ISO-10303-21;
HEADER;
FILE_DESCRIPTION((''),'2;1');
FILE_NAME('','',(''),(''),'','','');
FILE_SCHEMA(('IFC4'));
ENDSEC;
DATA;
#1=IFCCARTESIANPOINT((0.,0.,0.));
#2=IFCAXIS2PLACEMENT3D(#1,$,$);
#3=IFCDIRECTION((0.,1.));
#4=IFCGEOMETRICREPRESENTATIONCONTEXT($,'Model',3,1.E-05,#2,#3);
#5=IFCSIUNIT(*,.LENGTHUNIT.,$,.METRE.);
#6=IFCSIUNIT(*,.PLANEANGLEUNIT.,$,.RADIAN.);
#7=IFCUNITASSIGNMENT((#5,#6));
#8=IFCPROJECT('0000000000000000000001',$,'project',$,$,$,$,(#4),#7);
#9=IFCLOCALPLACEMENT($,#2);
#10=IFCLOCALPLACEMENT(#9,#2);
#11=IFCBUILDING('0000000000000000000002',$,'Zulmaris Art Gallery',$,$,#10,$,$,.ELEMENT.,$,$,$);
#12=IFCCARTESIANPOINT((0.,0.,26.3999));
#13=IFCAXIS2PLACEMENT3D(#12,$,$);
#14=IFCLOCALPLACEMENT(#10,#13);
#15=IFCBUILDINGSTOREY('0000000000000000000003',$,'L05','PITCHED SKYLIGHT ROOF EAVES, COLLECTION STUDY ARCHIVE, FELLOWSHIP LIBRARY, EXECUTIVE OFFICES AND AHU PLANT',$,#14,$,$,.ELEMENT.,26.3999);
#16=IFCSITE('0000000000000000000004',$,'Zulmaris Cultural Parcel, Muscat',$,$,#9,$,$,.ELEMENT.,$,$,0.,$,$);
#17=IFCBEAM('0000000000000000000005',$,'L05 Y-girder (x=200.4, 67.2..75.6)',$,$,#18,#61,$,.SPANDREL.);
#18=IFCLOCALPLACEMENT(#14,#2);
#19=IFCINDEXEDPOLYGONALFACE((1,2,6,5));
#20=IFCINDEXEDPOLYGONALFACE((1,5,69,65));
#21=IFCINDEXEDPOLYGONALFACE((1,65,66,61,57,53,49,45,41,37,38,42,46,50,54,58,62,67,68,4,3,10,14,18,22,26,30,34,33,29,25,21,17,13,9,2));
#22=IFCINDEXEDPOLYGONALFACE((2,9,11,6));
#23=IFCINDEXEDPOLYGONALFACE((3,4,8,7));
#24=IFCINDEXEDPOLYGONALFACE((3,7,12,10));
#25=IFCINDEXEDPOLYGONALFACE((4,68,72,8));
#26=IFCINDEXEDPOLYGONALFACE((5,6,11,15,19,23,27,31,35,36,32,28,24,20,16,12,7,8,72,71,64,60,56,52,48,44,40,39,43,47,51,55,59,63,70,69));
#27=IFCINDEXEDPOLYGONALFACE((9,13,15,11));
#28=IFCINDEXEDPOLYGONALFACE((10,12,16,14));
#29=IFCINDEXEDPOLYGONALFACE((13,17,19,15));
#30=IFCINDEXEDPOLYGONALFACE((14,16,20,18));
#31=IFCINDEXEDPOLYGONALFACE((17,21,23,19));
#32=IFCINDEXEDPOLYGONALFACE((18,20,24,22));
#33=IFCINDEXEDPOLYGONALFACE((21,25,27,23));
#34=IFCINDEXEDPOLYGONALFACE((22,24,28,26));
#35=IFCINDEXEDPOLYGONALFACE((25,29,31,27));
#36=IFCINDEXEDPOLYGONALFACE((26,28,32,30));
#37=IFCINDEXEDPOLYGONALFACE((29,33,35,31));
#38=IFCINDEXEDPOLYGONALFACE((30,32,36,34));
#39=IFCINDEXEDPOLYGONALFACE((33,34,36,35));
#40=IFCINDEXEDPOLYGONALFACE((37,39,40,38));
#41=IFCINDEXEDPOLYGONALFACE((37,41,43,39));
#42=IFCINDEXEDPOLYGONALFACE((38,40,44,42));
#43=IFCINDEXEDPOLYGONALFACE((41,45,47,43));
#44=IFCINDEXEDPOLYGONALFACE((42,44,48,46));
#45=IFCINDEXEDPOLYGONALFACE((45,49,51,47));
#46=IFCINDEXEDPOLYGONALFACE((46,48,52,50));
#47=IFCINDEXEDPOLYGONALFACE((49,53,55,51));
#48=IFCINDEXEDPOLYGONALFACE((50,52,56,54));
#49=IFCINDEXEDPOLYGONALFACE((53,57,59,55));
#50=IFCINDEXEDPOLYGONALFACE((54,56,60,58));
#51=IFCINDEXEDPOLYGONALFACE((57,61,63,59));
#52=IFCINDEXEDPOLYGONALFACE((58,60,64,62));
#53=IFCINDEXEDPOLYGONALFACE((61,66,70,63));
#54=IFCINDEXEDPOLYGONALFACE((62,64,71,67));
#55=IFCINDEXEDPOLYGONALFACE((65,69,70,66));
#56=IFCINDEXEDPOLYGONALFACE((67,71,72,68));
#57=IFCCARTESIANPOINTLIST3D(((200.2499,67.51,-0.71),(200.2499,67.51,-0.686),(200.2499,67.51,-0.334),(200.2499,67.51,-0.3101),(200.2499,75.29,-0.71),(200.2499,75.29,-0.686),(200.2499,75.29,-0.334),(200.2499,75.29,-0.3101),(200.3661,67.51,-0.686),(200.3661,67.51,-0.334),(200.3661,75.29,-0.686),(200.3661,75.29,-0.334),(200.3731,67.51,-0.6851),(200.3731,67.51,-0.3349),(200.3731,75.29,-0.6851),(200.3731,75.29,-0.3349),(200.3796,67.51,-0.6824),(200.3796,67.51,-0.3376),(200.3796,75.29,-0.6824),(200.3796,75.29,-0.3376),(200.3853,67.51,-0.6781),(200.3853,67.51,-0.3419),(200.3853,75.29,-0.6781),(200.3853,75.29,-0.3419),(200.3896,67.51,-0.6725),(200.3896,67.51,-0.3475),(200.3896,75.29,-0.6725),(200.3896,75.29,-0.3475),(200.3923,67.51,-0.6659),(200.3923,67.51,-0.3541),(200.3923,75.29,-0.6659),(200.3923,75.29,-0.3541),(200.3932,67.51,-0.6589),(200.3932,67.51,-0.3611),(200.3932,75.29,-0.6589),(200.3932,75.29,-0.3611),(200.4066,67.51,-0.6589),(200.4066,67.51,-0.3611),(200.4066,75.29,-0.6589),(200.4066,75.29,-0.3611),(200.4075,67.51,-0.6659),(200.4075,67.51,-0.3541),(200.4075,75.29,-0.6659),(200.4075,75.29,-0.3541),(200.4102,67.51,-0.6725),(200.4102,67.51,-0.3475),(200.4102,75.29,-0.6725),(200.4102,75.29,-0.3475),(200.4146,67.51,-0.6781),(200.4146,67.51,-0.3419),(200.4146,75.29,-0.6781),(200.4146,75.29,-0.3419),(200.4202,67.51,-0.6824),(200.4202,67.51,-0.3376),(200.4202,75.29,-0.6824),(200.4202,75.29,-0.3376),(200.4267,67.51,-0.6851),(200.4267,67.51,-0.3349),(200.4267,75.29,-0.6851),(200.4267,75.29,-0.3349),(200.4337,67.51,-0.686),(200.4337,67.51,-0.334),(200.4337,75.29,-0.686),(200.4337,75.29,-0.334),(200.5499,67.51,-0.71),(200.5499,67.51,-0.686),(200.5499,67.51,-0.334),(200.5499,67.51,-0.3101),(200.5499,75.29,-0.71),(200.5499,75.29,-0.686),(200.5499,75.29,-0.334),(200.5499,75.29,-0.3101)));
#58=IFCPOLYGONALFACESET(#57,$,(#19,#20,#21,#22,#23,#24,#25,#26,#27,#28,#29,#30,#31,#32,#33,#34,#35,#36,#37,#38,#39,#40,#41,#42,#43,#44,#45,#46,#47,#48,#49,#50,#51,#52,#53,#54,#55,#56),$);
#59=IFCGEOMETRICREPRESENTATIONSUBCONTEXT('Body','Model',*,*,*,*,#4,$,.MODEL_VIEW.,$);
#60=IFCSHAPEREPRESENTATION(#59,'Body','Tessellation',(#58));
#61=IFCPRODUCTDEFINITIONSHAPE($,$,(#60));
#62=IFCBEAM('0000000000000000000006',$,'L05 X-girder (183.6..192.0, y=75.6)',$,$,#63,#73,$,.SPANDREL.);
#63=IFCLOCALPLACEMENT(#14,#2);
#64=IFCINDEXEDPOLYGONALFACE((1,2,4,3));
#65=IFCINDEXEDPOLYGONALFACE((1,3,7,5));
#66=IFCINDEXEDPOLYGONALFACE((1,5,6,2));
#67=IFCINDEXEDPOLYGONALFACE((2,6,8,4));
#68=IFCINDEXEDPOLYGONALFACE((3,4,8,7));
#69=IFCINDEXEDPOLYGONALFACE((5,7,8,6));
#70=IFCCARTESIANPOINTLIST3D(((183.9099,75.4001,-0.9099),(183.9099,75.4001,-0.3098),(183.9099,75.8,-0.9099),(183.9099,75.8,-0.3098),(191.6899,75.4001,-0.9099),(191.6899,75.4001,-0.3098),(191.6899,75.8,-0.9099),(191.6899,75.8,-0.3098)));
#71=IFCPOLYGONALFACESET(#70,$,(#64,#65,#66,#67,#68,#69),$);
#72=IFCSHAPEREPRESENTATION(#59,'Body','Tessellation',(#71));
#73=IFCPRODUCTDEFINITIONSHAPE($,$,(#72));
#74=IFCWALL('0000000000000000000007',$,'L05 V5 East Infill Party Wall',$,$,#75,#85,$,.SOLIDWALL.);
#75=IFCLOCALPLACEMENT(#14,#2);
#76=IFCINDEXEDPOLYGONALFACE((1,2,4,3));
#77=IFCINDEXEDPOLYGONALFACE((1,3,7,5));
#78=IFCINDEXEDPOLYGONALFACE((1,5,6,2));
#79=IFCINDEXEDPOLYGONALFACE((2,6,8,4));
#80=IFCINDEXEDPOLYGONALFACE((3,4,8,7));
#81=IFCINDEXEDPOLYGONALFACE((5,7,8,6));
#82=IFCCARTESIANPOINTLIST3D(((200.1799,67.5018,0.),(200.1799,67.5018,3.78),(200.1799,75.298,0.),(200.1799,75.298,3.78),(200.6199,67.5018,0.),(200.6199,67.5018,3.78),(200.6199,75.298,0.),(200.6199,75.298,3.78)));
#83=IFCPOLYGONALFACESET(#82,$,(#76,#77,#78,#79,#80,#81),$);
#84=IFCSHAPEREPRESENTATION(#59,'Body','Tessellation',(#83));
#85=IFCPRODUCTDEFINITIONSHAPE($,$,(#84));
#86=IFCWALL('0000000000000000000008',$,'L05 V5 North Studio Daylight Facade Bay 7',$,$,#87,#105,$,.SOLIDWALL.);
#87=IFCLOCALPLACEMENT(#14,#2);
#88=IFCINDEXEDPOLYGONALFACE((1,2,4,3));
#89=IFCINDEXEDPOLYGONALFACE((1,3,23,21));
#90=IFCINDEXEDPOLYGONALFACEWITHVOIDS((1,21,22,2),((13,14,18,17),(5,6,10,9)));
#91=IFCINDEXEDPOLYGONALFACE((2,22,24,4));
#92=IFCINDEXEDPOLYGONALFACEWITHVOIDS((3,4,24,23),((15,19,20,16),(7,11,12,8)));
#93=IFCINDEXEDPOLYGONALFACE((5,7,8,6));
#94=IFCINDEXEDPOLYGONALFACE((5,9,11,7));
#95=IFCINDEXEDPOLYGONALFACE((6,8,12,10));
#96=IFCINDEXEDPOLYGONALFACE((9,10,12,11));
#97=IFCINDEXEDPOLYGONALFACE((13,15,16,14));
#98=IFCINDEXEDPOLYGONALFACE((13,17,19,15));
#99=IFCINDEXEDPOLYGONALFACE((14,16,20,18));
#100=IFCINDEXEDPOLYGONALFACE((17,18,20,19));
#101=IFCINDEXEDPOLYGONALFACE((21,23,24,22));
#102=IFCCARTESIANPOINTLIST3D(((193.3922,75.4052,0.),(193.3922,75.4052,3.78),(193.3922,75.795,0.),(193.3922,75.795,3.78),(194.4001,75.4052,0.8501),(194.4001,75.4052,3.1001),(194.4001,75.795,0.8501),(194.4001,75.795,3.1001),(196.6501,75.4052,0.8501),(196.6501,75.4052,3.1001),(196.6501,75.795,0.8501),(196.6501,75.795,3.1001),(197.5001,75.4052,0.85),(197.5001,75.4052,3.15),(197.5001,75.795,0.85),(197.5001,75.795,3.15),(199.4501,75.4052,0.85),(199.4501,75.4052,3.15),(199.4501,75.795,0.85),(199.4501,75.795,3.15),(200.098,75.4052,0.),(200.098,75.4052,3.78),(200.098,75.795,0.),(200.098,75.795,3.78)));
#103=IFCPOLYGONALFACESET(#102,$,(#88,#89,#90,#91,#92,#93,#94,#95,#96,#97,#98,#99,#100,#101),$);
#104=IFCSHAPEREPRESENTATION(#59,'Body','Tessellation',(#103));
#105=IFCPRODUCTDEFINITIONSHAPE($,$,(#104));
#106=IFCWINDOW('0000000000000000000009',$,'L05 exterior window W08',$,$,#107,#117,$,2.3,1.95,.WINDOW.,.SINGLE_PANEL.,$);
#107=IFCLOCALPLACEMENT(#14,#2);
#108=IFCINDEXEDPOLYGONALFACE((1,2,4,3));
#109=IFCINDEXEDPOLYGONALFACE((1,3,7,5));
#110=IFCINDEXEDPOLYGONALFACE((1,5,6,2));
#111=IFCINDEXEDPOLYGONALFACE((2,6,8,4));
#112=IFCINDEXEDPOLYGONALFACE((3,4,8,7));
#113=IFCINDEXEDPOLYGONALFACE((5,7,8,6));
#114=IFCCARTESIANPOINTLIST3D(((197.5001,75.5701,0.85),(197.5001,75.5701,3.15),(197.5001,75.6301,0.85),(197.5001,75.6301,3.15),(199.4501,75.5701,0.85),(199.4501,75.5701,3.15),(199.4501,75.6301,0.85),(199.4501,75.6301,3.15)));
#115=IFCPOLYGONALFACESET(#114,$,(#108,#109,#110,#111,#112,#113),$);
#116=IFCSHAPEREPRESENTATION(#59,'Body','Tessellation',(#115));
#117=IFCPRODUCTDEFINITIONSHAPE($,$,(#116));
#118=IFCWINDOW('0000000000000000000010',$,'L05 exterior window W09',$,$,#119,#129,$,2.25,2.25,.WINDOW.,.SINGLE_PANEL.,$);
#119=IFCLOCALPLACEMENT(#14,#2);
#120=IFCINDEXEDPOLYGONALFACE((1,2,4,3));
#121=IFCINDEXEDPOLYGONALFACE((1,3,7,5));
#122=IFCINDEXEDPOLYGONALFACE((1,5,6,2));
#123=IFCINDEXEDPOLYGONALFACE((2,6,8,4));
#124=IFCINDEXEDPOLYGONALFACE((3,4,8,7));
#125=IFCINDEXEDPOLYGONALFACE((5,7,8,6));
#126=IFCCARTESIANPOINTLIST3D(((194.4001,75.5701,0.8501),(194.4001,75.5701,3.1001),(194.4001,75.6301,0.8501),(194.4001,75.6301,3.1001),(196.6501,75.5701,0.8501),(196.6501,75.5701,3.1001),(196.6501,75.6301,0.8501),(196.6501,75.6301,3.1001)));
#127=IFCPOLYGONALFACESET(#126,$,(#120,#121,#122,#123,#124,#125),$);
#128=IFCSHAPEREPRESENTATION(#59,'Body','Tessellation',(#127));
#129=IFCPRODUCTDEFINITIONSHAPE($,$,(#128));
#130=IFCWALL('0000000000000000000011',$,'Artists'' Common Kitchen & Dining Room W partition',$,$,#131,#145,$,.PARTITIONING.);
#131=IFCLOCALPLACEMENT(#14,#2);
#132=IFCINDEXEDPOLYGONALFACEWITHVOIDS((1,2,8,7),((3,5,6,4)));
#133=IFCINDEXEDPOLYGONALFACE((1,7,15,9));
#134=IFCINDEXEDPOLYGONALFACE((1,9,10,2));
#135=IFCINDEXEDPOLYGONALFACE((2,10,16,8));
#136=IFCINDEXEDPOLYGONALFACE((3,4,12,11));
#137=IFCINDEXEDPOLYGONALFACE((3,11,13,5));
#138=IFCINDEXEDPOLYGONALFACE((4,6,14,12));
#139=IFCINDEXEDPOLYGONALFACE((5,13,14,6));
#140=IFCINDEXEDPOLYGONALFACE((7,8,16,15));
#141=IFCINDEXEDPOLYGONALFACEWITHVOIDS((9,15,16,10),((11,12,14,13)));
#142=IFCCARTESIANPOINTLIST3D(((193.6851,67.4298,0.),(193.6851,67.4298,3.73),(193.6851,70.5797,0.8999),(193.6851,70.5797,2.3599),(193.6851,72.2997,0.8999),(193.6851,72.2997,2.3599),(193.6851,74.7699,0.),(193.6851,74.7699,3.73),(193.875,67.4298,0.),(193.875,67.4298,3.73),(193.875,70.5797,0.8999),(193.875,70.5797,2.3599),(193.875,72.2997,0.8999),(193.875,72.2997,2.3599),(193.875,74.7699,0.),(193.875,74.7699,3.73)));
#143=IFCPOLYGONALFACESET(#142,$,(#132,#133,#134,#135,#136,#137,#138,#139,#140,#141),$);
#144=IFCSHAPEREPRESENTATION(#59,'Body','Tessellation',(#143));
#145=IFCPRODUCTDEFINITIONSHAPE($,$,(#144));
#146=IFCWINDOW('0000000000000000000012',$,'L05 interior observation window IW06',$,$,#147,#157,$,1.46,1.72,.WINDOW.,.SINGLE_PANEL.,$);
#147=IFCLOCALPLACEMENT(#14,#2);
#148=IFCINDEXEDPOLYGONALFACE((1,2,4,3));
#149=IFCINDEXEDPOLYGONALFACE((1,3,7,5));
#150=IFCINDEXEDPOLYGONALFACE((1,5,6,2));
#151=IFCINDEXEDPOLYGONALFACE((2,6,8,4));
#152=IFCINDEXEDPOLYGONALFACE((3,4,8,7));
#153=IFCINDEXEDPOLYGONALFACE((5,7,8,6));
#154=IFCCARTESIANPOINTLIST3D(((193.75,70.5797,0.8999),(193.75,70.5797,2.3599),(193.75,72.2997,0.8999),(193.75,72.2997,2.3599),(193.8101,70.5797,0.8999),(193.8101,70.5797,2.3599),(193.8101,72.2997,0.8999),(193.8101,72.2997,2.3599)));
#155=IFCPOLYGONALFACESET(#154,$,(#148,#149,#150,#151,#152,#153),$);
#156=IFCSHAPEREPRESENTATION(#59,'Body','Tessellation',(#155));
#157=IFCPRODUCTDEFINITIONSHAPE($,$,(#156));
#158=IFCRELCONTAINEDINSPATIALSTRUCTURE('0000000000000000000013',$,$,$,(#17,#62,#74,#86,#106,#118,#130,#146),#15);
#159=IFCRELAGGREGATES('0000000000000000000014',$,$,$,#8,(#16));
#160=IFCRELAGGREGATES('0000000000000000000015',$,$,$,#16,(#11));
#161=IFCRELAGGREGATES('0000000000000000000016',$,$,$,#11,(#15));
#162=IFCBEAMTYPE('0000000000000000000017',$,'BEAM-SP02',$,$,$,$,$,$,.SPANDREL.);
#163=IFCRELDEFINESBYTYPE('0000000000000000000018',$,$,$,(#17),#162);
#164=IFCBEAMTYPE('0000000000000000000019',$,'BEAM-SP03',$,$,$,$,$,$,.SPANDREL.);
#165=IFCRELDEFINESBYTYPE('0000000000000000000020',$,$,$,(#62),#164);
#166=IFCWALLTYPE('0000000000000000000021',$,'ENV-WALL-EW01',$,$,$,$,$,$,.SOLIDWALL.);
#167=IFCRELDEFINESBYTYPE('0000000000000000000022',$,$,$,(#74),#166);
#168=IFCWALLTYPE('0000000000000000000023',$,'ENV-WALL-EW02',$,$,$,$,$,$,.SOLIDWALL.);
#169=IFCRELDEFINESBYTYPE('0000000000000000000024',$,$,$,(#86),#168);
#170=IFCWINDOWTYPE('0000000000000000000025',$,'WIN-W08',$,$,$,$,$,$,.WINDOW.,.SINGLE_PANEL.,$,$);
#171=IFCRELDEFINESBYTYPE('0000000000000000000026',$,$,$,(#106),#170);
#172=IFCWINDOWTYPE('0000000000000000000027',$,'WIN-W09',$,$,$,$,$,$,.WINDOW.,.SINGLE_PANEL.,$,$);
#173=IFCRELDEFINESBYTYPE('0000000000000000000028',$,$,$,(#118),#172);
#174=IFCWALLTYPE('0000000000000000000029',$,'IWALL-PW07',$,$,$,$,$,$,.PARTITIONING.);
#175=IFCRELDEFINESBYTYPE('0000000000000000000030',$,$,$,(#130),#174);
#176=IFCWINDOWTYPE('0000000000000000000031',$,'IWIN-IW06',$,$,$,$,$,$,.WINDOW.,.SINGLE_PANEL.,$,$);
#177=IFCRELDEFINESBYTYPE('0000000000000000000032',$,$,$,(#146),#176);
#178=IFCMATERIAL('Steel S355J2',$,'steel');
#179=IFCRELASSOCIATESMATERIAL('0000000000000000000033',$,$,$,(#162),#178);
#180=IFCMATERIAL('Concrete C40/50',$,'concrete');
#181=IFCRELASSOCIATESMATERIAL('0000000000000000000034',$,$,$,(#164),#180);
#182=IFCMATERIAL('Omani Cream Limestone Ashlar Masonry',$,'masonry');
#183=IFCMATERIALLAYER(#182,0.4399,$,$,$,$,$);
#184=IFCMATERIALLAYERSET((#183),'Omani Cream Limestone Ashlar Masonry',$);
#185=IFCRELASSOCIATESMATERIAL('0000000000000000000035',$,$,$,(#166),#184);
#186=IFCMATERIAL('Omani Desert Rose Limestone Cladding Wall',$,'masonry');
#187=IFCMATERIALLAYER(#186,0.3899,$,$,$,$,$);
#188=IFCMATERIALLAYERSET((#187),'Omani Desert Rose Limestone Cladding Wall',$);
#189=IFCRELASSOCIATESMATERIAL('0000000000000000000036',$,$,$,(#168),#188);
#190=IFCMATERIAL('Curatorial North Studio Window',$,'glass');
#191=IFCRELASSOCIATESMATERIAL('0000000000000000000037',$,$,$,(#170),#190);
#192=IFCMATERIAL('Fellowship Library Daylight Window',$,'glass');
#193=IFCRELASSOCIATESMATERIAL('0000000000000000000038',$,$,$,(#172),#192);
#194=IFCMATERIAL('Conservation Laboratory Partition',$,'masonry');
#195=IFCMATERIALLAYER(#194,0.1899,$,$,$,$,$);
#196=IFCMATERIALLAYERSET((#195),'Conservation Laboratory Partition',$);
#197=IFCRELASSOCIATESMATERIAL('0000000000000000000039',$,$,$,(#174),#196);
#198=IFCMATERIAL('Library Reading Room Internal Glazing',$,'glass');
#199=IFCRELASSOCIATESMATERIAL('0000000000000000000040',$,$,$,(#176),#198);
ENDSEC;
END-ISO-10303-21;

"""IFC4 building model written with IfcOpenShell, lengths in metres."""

from ifc_helpers import new_model, si_unit, direction, frame, frame_2d, origin, origin_2d, place, context, subcontext, project, spatial, rectangle, i_section, extrude, material, layer, layer_set, material_profile, profile_set, type_object, element, fill, save


model = new_model("IFC4")

# Units and contexts
model_context = context("Model", 3, precision=1e-05, world=origin(), true_north=direction((0.0, 1.0)))
body_context = subcontext(model_context, "Body", "Model", "MODEL_VIEW")
ifc_project = project(units=[si_unit("LENGTHUNIT", "METRE"), si_unit("PLANEANGLEUNIT", "RADIAN")], contexts=[model_context])

# Site, building, storey
site_placement = place(None, origin())
site = spatial("IfcSite", under=ifc_project, at=site_placement, Name="Zulmaris Cultural Parcel, Muscat", CompositionType="ELEMENT", RefElevation=0.0)
building_placement = place(site_placement, origin())
building = spatial("IfcBuilding", under=site, at=building_placement, Name="Zulmaris Art Gallery", CompositionType="ELEMENT")
storey_placement = place(building_placement, frame((0.0, 0.0, 26.3999)))
storey = spatial("IfcBuildingStorey", under=building, at=storey_placement, Name="L05", Description="PITCHED SKYLIGHT ROOF EAVES, COLLECTION STUDY ARCHIVE, FELLOWSHIP LIBRARY, EXECUTIVE OFFICES AND AHU PLANT", CompositionType="ELEMENT", Elevation=26.3999)

# Shared definitions
ifc_material_1 = material(Name="Concrete C40/50", Category="concrete")

# Beams
ifc_material_2 = material(Name="Steel S355J2", Category="steel")
ifc_material_profile_1 = material_profile(ifc_material_2, i_section(OverallWidth=0.3, OverallDepth=0.3999, WebThickness=0.0134, FlangeThickness=0.0239, FilletRadius=0.0271, at=origin_2d()), Name="HEB 400")
ifc_profile_set_1 = profile_set([ifc_material_profile_1], Name="Steel S355J2")
beam_type_1 = type_object("IfcBeamType", Name="BEAM-SP02", PredefinedType="SPANDREL", material=ifc_profile_set_1)
beam_1_placement = place(storey_placement, frame((200.3999, 67.51, -0.51), z_axis=(0.0, 1.0, 0.0), x_axis=(-1.0, 0.0, 0.0)))
element("IfcBeam", 1, at=beam_1_placement, inside=storey, type_object=beam_type_1, Name="L05 Y-girder (x=200.4, 67.2..75.6)", PredefinedType="SPANDREL", context=body_context, shape_type="SweptSolid", body=[
    extrude(i_section(OverallWidth=0.3, OverallDepth=0.3999, WebThickness=0.0134, FlangeThickness=0.0239, FilletRadius=0.0271, at=origin_2d()), origin(), (0.0, 0.0, 1.0), 7.78),
])
ifc_material_profile_2 = material_profile(ifc_material_1, rectangle(XDim=0.3999, YDim=0.6001, at=origin_2d()), Name="RC 400x600")
ifc_profile_set_2 = profile_set([ifc_material_profile_2], Name="Concrete C40/50")
beam_type_2 = type_object("IfcBeamType", Name="BEAM-SP03", PredefinedType="SPANDREL", material=ifc_profile_set_2)
beam_2_placement = place(storey_placement, frame((183.9099, 75.6001, -0.6099), z_axis=(1.0, 0.0, 0.0), x_axis=(0.0, 1.0, 0.0)))
element("IfcBeam", 2, at=beam_2_placement, inside=storey, type_object=beam_type_2, Name="L05 X-girder (183.6..192.0, y=75.6)", PredefinedType="SPANDREL", context=body_context, shape_type="SweptSolid", body=[
    extrude(rectangle(XDim=0.3999, YDim=0.6001, at=origin_2d()), origin(), (0.0, 0.0, 1.0), 7.78),
])

# Wall
ifc_material_3 = material(Name="Omani Cream Limestone Ashlar Masonry", Category="masonry")
ifc_layer_1 = layer(ifc_material_3, 0.4399)
ifc_layer_set_1 = layer_set([ifc_layer_1], Name="Omani Cream Limestone Ashlar Masonry")
wall_type_1 = type_object("IfcWallType", Name="ENV-WALL-EW01", PredefinedType="SOLIDWALL", material=ifc_layer_set_1)
wall_1_placement = place(storey_placement, frame((200.3999, 67.502, 0.0), z_axis=(0.0, 0.0, 1.0), x_axis=(0.0, 1.0, 0.0)))
element("IfcWall", 3, at=wall_1_placement, inside=storey, type_object=wall_type_1, Name="L05 V5 East Infill Party Wall", PredefinedType="SOLIDWALL", context=body_context, shape_type="SweptSolid", body=[
    extrude(rectangle(XDim=7.7961, YDim=0.4399, at=frame_2d((3.8979, 0.0))), origin(), (0.0, 0.0, 1.0), 3.78),
])

# Wall, openings, windows
ifc_material_4 = material(Name="Omani Desert Rose Limestone Cladding Wall", Category="masonry")
ifc_layer_2 = layer(ifc_material_4, 0.3899)
ifc_layer_set_2 = layer_set([ifc_layer_2], Name="Omani Desert Rose Limestone Cladding Wall")
wall_type_2 = type_object("IfcWallType", Name="ENV-WALL-EW02", PredefinedType="SOLIDWALL", material=ifc_layer_set_2)
wall_2_placement = place(storey_placement, frame((193.3921, 75.6001, 0.0), z_axis=(0.0, 0.0, 1.0), x_axis=(1.0, 0.0, 0.0)))
wall_2 = element("IfcWall", 4, at=wall_2_placement, inside=storey, type_object=wall_type_2, Name="L05 V5 North Studio Daylight Facade Bay 7", PredefinedType="SOLIDWALL", context=body_context, shape_type="SweptSolid", body=[
    extrude(rectangle(XDim=6.7058, YDim=0.3899, at=frame_2d((3.353, 0.0))), origin(), (0.0, 0.0, 1.0), 3.78),
])
opening_1_placement = place(wall_2_placement, frame((1.0081, 0.0, 0.8501)))
opening_1 = element("IfcOpeningElement", 5, at=opening_1_placement, cuts=wall_2, PredefinedType="OPENING", context=body_context, shape_type="SweptSolid", body=[
    extrude(rectangle(XDim=2.25, YDim=2.25, at=frame_2d((1.125, 1.125))), frame((0.0, 0.2048, 0.0), z_axis=(0.0, -1.0, 0.0), x_axis=(1.0, 0.0, 0.0)), (0.0, 0.0, 1.0), 0.4099),
])
opening_2_placement = place(wall_2_placement, frame((4.1079, 0.0, 0.8501)))
opening_2 = element("IfcOpeningElement", 6, at=opening_2_placement, cuts=wall_2, PredefinedType="OPENING", context=body_context, shape_type="SweptSolid", body=[
    extrude(rectangle(XDim=1.95, YDim=2.3, at=frame_2d((0.9751, 1.1499))), frame((0.0, 0.2048, 0.0), z_axis=(0.0, -1.0, 0.0), x_axis=(1.0, 0.0, 0.0)), (0.0, 0.0, 1.0), 0.4099),
])
ifc_material_5 = material(Name="Curatorial North Studio Window", Category="glass")
window_type_1 = type_object("IfcWindowType", Name="WIN-W08", PartitioningType="SINGLE_PANEL", PredefinedType="WINDOW", material=ifc_material_5)
window_1_placement = place(opening_2_placement, origin())
window_1 = element("IfcWindow", 7, at=window_1_placement, inside=storey, type_object=window_type_1, Name="L05 exterior window W08", OverallHeight=2.3, OverallWidth=1.95, PartitioningType="SINGLE_PANEL", PredefinedType="WINDOW", context=body_context, shape_type="SweptSolid", body=[
    extrude(rectangle(XDim=1.95, YDim=2.3, at=frame_2d((0.9751, 1.1499))), frame((0.0, 0.03, 0.0), z_axis=(0.0, -1.0, 0.0), x_axis=(1.0, 0.0, 0.0)), (0.0, 0.0, 1.0), 0.0601),
])
fill(opening_2, window_1)
ifc_material_6 = material(Name="Fellowship Library Daylight Window", Category="glass")
window_type_2 = type_object("IfcWindowType", Name="WIN-W09", PartitioningType="SINGLE_PANEL", PredefinedType="WINDOW", material=ifc_material_6)
window_2_placement = place(opening_1_placement, origin())
window_2 = element("IfcWindow", 8, at=window_2_placement, inside=storey, type_object=window_type_2, Name="L05 exterior window W09", OverallHeight=2.25, OverallWidth=2.25, PartitioningType="SINGLE_PANEL", PredefinedType="WINDOW", context=body_context, shape_type="SweptSolid", body=[
    extrude(rectangle(XDim=2.25, YDim=2.25, at=frame_2d((1.125, 1.125))), frame((0.0, 0.03, 0.0), z_axis=(0.0, -1.0, 0.0), x_axis=(1.0, 0.0, 0.0)), (0.0, 0.0, 1.0), 0.0601),
])
fill(opening_1, window_2)

# Wall, opening, window
ifc_material_7 = material(Name="Conservation Laboratory Partition", Category="masonry")
ifc_layer_3 = layer(ifc_material_7, 0.1899)
ifc_layer_set_3 = layer_set([ifc_layer_3], Name="Conservation Laboratory Partition")
wall_type_3 = type_object("IfcWallType", Name="IWALL-PW07", PredefinedType="PARTITIONING", material=ifc_layer_set_3)
wall_3_placement = place(storey_placement, frame((193.78, 67.4299, 0.0), z_axis=(0.0, 0.0, 1.0), x_axis=(0.0, 1.0, 0.0)))
wall_3 = element("IfcWall", 9, at=wall_3_placement, inside=storey, type_object=wall_type_3, Name="Artists' Common Kitchen & Dining Room W partition", PredefinedType="PARTITIONING", context=body_context, shape_type="SweptSolid", body=[
    extrude(rectangle(XDim=7.3401, YDim=0.1899, at=frame_2d((3.6699, 0.0))), origin(), (0.0, 0.0, 1.0), 3.73),
])
opening_3_placement = place(wall_3_placement, frame((3.1499, 0.0, 0.8999)))
opening_3 = element("IfcOpeningElement", 10, at=opening_3_placement, cuts=wall_3, PredefinedType="OPENING", context=body_context, shape_type="SweptSolid", body=[
    extrude(rectangle(XDim=1.72, YDim=1.46, at=frame_2d((0.8599, 0.73))), frame((0.0, 0.105, 0.0), z_axis=(0.0, -1.0, 0.0), x_axis=(1.0, 0.0, 0.0)), (0.0, 0.0, 1.0), 0.21),
])
ifc_material_8 = material(Name="Library Reading Room Internal Glazing", Category="glass")
window_type_3 = type_object("IfcWindowType", Name="IWIN-IW06", PartitioningType="SINGLE_PANEL", PredefinedType="WINDOW", material=ifc_material_8)
window_3_placement = place(opening_3_placement, origin())
window_3 = element("IfcWindow", 11, at=window_3_placement, inside=storey, type_object=window_type_3, Name="L05 interior observation window IW06", OverallHeight=1.46, OverallWidth=1.72, PartitioningType="SINGLE_PANEL", PredefinedType="WINDOW", context=body_context, shape_type="SweptSolid", body=[
    extrude(rectangle(XDim=1.72, YDim=1.46, at=frame_2d((0.8599, 0.73))), frame((0.0, 0.03, 0.0), z_axis=(0.0, -1.0, 0.0), x_axis=(1.0, 0.0, 0.0)), (0.0, 0.0, 1.0), 0.0601),
])
fill(opening_3, window_3)

save(model, "model.ifc")
